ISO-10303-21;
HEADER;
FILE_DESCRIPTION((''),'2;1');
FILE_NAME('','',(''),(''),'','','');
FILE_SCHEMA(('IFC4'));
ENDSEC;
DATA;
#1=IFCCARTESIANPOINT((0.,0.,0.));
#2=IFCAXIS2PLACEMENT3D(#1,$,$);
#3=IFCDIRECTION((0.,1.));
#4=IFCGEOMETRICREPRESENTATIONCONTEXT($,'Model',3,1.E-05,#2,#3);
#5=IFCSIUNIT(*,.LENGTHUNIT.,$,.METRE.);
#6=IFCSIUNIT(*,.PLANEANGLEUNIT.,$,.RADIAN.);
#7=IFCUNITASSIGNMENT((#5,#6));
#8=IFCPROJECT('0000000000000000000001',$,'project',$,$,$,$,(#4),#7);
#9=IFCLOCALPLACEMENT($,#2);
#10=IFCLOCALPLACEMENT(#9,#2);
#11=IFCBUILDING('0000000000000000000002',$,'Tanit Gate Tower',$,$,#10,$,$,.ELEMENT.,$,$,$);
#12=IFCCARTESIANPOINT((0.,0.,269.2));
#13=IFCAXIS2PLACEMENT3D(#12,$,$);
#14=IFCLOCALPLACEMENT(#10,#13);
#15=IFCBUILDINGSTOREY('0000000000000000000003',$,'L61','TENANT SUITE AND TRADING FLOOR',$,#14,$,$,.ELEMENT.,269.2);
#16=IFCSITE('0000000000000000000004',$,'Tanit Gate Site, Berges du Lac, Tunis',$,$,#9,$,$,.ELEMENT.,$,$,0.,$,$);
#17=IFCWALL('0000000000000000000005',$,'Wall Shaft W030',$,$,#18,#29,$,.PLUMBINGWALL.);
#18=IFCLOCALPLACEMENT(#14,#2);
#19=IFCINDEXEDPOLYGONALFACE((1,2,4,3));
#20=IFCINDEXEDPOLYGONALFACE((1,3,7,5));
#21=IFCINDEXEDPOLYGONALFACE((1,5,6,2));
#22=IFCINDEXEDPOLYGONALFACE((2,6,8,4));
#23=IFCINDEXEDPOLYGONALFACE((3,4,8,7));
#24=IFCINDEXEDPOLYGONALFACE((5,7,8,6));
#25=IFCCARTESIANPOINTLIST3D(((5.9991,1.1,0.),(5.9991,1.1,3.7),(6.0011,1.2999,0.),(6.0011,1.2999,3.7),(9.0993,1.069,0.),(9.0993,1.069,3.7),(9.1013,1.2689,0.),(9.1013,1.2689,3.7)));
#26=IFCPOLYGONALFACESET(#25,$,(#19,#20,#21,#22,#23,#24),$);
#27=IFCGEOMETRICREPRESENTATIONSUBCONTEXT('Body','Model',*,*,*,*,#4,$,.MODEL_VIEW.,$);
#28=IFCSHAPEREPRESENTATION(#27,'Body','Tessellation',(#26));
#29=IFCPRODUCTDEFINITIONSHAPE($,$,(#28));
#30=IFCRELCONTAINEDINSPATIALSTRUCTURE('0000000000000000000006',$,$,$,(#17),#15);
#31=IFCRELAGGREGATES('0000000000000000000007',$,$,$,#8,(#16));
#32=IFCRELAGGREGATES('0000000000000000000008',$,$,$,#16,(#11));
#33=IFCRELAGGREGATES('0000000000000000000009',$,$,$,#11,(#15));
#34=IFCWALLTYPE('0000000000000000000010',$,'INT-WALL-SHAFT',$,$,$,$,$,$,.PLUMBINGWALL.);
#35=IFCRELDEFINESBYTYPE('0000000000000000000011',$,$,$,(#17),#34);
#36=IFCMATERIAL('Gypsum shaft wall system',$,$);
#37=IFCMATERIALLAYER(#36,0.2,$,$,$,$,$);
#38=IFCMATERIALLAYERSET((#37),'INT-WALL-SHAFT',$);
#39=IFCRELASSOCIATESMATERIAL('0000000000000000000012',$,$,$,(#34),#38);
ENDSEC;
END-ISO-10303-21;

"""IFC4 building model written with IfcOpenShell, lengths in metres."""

from ifc_helpers import new_model, si_unit, direction, frame, frame_2d, origin, place, context, subcontext, project, spatial, rectangle, extrude, material, layer, layer_set, type_object, element, save


model = new_model("IFC4")

# Units and contexts
model_context = context("Model", 3, precision=1e-05, world=origin(), true_north=direction((0.0, 1.0)))
body_context = subcontext(model_context, "Body", "Model", "MODEL_VIEW")
ifc_project = project(units=[si_unit("LENGTHUNIT", "METRE"), si_unit("PLANEANGLEUNIT", "RADIAN")], contexts=[model_context])

# Site, building, storey
site_placement = place(None, origin())
site = spatial("IfcSite", under=ifc_project, at=site_placement, Name="Tanit Gate Site, Berges du Lac, Tunis", CompositionType="ELEMENT", RefElevation=0.0)
building_placement = place(site_placement, origin())
building = spatial("IfcBuilding", under=site, at=building_placement, Name="Tanit Gate Tower", CompositionType="ELEMENT")
storey_placement = place(building_placement, frame((0.0, 0.0, 269.2)))
storey = spatial("IfcBuildingStorey", under=building, at=storey_placement, Name="L61", Description="TENANT SUITE AND TRADING FLOOR", CompositionType="ELEMENT", Elevation=269.2)

# Shared definitions
ifc_material_1 = material(Name="Gypsum shaft wall system")
ifc_layer_1 = layer(ifc_material_1, 0.2)
ifc_layer_set_1 = layer_set([ifc_layer_1], Name="INT-WALL-SHAFT")
wall_type_1 = type_object("IfcWallType", Name="INT-WALL-SHAFT", PredefinedType="PLUMBINGWALL", material=ifc_layer_set_1)

# Wall
wall_1_placement = place(storey_placement, frame((6.0, 1.2, 0.0), z_axis=(0.0, 0.0, 1.0), x_axis=(0.99995, -0.010001, 0.0)))
element("IfcWall", 1, at=wall_1_placement, inside=storey, type_object=wall_type_1, Name="Wall Shaft W030", PredefinedType="PLUMBINGWALL", context=body_context, shape_type="SweptSolid", body=[
    extrude(rectangle(XDim=3.1003, YDim=0.2, at=frame_2d((1.5503, 0.0))), origin(), (0.0, 0.0, 1.0), 3.7),
])

save(model, "model.ifc")
